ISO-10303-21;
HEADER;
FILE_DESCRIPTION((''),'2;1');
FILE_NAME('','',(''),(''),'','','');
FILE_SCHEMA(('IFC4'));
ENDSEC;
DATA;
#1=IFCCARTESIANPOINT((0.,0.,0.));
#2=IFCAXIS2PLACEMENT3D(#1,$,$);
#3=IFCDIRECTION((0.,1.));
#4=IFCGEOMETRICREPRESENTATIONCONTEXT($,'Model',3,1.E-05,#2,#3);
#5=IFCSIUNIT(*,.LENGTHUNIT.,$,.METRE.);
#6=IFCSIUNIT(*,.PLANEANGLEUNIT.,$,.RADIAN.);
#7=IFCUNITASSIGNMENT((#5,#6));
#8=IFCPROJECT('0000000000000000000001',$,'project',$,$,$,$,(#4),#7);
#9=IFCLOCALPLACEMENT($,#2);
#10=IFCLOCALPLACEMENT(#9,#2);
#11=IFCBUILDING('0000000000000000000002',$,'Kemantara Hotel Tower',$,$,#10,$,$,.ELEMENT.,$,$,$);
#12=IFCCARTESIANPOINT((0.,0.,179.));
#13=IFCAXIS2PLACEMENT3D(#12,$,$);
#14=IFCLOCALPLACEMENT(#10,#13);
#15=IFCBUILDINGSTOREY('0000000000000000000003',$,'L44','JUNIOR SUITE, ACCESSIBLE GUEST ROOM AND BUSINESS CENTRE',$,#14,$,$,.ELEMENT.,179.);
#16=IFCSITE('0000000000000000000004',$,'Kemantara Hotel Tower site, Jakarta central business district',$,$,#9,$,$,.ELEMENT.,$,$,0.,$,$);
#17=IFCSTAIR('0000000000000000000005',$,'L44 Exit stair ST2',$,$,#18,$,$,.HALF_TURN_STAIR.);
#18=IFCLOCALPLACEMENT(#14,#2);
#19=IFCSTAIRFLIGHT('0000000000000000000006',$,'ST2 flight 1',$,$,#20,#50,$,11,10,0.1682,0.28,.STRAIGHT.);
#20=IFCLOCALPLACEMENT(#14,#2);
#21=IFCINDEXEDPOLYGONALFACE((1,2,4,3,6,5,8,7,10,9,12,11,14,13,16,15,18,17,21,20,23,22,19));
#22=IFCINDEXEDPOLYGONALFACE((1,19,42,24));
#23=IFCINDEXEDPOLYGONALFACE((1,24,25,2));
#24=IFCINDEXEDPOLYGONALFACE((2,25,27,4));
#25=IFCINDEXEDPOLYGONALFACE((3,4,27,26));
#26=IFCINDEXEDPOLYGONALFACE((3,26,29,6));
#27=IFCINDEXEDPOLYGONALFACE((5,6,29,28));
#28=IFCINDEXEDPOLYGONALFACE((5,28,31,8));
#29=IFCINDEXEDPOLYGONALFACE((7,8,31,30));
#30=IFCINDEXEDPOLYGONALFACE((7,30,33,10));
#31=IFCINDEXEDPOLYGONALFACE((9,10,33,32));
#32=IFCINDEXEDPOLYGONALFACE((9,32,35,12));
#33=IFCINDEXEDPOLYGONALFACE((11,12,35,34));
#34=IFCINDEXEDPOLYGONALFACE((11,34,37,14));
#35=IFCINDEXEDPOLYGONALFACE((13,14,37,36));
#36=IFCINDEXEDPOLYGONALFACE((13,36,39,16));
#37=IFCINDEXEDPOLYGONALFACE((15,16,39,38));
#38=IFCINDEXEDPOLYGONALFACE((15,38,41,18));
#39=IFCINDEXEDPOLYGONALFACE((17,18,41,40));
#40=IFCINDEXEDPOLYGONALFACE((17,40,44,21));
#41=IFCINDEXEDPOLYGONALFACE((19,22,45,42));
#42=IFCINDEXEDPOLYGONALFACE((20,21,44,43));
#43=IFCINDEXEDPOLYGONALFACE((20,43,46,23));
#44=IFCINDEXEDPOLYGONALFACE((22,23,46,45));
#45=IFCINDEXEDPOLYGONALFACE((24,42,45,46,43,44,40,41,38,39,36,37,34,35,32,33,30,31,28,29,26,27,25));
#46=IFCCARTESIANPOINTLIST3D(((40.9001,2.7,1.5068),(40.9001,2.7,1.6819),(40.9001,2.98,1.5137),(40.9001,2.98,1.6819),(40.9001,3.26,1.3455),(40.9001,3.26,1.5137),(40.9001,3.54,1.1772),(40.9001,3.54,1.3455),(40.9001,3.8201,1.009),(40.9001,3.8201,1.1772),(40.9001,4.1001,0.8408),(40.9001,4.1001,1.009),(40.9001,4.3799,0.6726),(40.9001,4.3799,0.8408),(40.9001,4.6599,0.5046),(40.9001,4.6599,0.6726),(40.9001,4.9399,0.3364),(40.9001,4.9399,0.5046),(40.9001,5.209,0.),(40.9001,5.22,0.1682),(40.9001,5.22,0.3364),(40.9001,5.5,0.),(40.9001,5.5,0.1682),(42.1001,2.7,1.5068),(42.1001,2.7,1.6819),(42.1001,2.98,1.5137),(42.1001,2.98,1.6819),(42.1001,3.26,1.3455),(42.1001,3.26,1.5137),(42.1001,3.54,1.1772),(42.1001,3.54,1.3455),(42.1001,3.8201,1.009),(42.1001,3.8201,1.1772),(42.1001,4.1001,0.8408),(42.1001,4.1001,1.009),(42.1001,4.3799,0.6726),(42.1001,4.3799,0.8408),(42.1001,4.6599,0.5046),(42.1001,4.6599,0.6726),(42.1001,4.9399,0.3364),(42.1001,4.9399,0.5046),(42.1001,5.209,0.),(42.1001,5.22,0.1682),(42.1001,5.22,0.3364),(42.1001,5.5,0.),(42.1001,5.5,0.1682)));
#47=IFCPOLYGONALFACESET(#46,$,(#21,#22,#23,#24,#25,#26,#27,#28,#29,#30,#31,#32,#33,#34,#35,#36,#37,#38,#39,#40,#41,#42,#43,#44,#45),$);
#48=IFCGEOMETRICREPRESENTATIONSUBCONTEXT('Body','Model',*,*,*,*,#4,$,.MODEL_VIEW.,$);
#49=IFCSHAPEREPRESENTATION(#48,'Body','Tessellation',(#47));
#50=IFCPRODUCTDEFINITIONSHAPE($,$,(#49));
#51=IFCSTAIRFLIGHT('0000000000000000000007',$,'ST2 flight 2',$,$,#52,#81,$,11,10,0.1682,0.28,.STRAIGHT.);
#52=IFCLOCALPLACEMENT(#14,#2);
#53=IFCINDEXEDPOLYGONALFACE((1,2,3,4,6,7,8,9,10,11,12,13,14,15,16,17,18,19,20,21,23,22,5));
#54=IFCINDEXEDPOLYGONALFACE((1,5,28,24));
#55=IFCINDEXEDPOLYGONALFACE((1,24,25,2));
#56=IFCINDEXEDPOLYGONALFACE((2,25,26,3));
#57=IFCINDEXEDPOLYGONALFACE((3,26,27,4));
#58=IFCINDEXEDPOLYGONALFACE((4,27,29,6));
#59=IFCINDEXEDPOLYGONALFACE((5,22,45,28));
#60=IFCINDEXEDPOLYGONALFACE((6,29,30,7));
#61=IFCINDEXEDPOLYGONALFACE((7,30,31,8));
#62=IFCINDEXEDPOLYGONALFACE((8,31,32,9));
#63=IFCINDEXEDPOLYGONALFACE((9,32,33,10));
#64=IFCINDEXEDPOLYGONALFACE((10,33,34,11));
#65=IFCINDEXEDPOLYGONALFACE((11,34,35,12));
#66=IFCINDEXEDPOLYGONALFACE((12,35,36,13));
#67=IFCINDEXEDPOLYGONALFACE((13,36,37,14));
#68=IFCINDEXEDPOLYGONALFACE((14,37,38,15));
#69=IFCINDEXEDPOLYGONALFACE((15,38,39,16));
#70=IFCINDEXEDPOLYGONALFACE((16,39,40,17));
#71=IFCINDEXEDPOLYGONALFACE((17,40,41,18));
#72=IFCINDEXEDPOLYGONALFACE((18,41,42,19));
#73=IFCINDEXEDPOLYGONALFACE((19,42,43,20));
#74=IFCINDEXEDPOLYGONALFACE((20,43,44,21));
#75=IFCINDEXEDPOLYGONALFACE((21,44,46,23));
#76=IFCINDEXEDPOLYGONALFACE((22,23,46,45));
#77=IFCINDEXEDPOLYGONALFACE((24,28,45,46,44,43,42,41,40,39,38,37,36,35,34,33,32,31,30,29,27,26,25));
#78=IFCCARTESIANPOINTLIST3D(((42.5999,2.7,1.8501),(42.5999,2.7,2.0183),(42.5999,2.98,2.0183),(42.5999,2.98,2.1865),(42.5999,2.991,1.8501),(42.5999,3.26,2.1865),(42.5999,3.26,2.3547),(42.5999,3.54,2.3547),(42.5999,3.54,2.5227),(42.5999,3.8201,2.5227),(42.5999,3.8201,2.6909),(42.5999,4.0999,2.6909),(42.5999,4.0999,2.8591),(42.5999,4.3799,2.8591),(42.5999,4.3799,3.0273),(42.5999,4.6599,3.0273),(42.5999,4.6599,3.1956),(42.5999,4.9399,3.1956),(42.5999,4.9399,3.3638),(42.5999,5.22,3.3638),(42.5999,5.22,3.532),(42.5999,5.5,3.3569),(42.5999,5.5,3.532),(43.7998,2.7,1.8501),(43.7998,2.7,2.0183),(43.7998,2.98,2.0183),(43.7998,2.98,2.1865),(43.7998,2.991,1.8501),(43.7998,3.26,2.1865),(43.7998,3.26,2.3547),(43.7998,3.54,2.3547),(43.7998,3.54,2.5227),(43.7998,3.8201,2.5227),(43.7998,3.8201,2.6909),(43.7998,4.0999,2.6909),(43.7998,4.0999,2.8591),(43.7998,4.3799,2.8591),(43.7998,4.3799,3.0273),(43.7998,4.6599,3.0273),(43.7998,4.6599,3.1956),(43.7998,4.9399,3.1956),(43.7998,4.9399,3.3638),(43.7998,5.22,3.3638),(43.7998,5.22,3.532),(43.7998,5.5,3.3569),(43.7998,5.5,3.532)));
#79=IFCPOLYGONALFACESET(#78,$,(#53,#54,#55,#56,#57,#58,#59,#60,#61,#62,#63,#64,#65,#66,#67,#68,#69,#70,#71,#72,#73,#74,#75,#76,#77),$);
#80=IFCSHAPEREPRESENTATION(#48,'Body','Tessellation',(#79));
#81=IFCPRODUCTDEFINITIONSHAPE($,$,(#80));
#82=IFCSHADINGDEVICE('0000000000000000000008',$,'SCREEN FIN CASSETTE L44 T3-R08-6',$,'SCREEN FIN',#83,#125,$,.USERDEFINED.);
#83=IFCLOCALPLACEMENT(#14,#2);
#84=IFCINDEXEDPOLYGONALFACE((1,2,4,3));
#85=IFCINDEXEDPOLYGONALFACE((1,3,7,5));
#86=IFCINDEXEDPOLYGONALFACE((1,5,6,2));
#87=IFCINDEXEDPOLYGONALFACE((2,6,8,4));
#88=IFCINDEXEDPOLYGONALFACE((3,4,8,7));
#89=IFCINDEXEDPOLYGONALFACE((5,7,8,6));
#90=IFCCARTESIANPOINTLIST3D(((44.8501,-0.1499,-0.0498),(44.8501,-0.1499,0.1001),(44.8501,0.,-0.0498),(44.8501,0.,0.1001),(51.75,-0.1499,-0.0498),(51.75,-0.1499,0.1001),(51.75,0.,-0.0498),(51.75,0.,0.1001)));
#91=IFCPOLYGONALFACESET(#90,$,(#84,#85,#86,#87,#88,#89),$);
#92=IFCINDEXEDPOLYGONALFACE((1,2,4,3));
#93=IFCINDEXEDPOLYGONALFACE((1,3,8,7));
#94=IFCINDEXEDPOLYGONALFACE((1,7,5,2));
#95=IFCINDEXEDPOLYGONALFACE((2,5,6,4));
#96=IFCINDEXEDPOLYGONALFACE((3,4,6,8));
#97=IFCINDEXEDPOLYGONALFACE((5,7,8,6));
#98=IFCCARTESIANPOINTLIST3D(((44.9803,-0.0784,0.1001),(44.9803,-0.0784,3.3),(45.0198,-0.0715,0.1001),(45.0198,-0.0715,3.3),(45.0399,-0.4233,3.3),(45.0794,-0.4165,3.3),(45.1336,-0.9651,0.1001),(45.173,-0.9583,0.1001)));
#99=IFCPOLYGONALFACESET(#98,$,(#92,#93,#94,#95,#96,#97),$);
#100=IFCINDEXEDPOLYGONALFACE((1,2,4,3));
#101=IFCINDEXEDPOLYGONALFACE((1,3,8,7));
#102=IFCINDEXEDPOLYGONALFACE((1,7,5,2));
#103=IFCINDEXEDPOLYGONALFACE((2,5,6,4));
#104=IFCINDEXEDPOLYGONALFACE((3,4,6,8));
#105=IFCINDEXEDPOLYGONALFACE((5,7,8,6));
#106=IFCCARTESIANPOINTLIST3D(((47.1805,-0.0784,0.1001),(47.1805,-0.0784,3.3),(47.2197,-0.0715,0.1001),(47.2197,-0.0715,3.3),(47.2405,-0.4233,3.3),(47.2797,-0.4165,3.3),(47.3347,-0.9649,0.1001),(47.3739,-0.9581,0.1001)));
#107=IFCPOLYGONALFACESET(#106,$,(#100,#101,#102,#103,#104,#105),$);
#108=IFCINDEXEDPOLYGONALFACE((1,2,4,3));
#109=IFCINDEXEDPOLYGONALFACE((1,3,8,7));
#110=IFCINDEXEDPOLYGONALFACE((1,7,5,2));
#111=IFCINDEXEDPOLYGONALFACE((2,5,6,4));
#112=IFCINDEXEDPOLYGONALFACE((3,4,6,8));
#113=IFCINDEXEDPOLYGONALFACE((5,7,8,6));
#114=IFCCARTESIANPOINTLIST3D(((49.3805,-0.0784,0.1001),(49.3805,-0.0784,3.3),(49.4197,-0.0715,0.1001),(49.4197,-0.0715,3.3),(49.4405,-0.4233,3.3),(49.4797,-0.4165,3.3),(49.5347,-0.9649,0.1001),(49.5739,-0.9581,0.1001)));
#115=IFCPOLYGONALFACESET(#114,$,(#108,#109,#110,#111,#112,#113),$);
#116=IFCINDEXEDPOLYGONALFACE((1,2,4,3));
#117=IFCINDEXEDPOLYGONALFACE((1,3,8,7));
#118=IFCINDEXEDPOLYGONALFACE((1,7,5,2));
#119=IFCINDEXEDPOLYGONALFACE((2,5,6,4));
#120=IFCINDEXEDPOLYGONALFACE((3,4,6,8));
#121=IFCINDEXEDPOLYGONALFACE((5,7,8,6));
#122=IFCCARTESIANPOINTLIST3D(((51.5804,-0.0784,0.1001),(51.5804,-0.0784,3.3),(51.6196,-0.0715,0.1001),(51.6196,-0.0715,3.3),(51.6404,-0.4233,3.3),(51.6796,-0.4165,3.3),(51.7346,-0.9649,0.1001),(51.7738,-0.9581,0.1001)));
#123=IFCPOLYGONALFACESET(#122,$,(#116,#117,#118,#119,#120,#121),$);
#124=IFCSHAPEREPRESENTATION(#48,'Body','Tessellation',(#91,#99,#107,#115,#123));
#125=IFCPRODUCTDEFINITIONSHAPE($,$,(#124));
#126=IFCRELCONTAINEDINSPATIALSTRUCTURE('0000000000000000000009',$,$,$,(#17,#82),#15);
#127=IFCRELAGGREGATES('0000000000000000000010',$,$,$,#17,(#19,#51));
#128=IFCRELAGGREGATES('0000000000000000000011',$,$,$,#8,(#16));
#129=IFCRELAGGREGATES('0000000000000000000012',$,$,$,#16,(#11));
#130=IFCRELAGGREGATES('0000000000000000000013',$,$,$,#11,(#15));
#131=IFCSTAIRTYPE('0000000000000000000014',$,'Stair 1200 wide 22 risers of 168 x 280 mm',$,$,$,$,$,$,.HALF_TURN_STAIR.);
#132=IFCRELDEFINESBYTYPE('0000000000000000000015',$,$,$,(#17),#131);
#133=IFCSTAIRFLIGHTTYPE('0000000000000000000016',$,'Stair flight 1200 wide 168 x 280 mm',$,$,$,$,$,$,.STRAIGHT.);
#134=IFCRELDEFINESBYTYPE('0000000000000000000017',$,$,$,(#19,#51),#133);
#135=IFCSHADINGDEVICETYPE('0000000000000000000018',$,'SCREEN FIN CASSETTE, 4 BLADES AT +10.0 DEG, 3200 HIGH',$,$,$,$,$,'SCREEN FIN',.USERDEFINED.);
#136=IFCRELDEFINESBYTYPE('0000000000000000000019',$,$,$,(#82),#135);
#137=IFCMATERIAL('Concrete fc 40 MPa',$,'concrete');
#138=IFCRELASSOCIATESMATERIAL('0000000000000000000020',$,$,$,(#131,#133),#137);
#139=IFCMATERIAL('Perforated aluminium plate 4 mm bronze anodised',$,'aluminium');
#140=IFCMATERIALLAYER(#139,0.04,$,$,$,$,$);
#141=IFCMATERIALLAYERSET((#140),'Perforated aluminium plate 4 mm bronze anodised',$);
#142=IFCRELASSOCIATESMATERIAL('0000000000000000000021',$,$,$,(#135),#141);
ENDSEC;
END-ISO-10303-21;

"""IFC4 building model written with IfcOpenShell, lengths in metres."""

from ifc_helpers import new_model, si_unit, direction, frame, origin, origin_2d, place, context, subcontext, project, spatial, polyline, rectangle, outline, extrude, source, transform, mapped, material, layer, layer_set, type_object, element, aggregate, save


model = new_model("IFC4")

# Units and contexts
model_context = context("Model", 3, precision=1e-05, world=origin(), true_north=direction((0.0, 1.0)))
body_context = subcontext(model_context, "Body", "Model", "MODEL_VIEW")
ifc_project = project(units=[si_unit("LENGTHUNIT", "METRE"), si_unit("PLANEANGLEUNIT", "RADIAN")], contexts=[model_context])

# Site, building, storey
site_placement = place(None, origin())
site = spatial("IfcSite", under=ifc_project, at=site_placement, Name="Kemantara Hotel Tower site, Jakarta central business district", CompositionType="ELEMENT", RefElevation=0.0)
building_placement = place(site_placement, origin())
building = spatial("IfcBuilding", under=site, at=building_placement, Name="Kemantara Hotel Tower", CompositionType="ELEMENT")
storey_placement = place(building_placement, frame((0.0, 0.0, 179.0)))
storey = spatial("IfcBuildingStorey", under=building, at=storey_placement, Name="L44", Description="JUNIOR SUITE, ACCESSIBLE GUEST ROOM AND BUSINESS CENTRE", CompositionType="ELEMENT", Elevation=179.0)

# Stair, stair flights
ifc_material_1 = material(Name="Concrete fc 40 MPa", Category="concrete")
stair_type = type_object("IfcStairType", Name="Stair 1200 wide 22 risers of 168 x 280 mm", PredefinedType="HALF_TURN_STAIR", material=ifc_material_1)
stair_placement = place(storey_placement, origin())
stair = element("IfcStair", 1, at=stair_placement, inside=storey, type_object=stair_type, Name="L44 Exit stair ST2", PredefinedType="HALF_TURN_STAIR")
stair_flight_type = type_object("IfcStairFlightType", Name="Stair flight 1200 wide 168 x 280 mm", PredefinedType="STRAIGHT", material=ifc_material_1)
stair_flight_1_placement = place(storey_placement, frame((41.5, 5.5, 0.0), z_axis=(0.0, 0.0, 1.0), x_axis=(0.0, -1.0, 0.0)))
stair_flight_1 = element("IfcStairFlight", 2, at=stair_flight_1_placement, type_object=stair_flight_type, Name="ST2 flight 1", NumberOfRisers=11, NumberOfTreads=10, PredefinedType="STRAIGHT", RiserHeight=0.1682, TreadLength=0.28, context=body_context, shape_type="SweptSolid", body=[
    extrude(outline(polyline([(0.0, 0.0), (0.0, 0.1682), (0.28, 0.1682), (0.28, 0.3364), (0.5601, 0.3364), (0.5601, 0.5046), (0.8401, 0.5046), (0.8401, 0.6726), (1.1201, 0.6726), (1.1201, 0.8408), (1.3999, 0.8408), (1.3999, 1.009), (1.6799, 1.009), (1.6799, 1.1772), (1.96, 1.1772), (1.96, 1.3455), (2.24, 1.3455), (2.24, 1.5137), (2.52, 1.5137), (2.52, 1.6819), (2.8, 1.6819), (2.8, 1.8501), (2.8, 1.5068), (0.291, 0.0), (0.0, 0.0)])), frame((0.0, 0.6001, 0.0), z_axis=(0.0, -1.0, 0.0), x_axis=(1.0, 0.0, 0.0)), (0.0, 0.0, 1.0), 1.2),
])
stair_flight_2_placement = place(storey_placement, frame((43.2, 2.7, 1.8501), z_axis=(0.0, 0.0, 1.0), x_axis=(0.0, 1.0, 0.0)))
stair_flight_2 = element("IfcStairFlight", 3, at=stair_flight_2_placement, type_object=stair_flight_type, Name="ST2 flight 2", NumberOfRisers=11, NumberOfTreads=10, PredefinedType="STRAIGHT", RiserHeight=0.1682, TreadLength=0.28, context=body_context, shape_type="SweptSolid", body=[
    extrude(outline(polyline([(0.0, 0.0), (0.0, 0.1682), (0.28, 0.1682), (0.28, 0.3364), (0.5601, 0.3364), (0.5601, 0.5046), (0.8401, 0.5046), (0.8401, 0.6726), (1.1201, 0.6726), (1.1201, 0.8408), (1.3999, 0.8408), (1.3999, 1.009), (1.6799, 1.009), (1.6799, 1.1772), (1.96, 1.1772), (1.96, 1.3455), (2.24, 1.3455), (2.24, 1.5137), (2.52, 1.5137), (2.52, 1.6819), (2.8, 1.6819), (2.8, 1.8501), (2.8, 1.5068), (0.291, 0.0), (0.0, 0.0)])), frame((0.0, 0.6001, 0.0), z_axis=(0.0, -1.0, 0.0), x_axis=(1.0, 0.0, 0.0)), (0.0, 0.0, 1.0), 1.2),
])
aggregate(stair, [stair_flight_1, stair_flight_2])

# Shading device
ifc_material_2 = material(Name="Perforated aluminium plate 4 mm bronze anodised", Category="aluminium")
ifc_layer_1 = layer(ifc_material_2, 0.04)
ifc_layer_set_1 = layer_set([ifc_layer_1], Name="Perforated aluminium plate 4 mm bronze anodised")
shading_device_type = type_object("IfcShadingDeviceType", Name="SCREEN FIN CASSETTE, 4 BLADES AT +10.0 DEG, 3200 HIGH", ElementType="SCREEN FIN", PredefinedType="USERDEFINED", material=ifc_layer_set_1)
shared_shape = source(origin(), body_context, "Body", "SweptSolid", [
    extrude(rectangle(XDim=6.8999, YDim=0.1499, at=origin_2d()), frame((3.3, -0.075, -0.1499), z_axis=(0.0, 0.0, 1.0), x_axis=(1.0, 0.0, 0.0)), (0.0, 0.0, 1.0), 0.1499),
    extrude(outline(polyline([(0.0, 0.0), (0.8999, 0.0), (0.3501, 3.2), (0.0, 3.2), (0.0, 0.0)])), frame((0.0198, -0.0715, 0.0), z_axis=(-0.98539, -0.170314, 0.0), x_axis=(0.170314, -0.98539, 0.0)), (0.0, 0.0, 1.0), 0.04),
    extrude(outline(polyline([(0.0, 0.0), (0.8999, 0.0), (0.3501, 3.2), (0.0, 3.2), (0.0, 0.0)])), frame((2.2197, -0.0715, 0.0), z_axis=(-0.985212, -0.171341, 0.0), x_axis=(0.171341, -0.985212, 0.0)), (0.0, 0.0, 1.0), 0.0398),
    extrude(outline(polyline([(0.0, 0.0), (0.8999, 0.0), (0.3501, 3.2), (0.0, 3.2), (0.0, 0.0)])), frame((4.4197, -0.0715, 0.0), z_axis=(-0.985212, -0.171341, 0.0), x_axis=(0.171341, -0.985212, 0.0)), (0.0, 0.0, 1.0), 0.0398),
    extrude(outline(polyline([(0.0, 0.0), (0.8999, 0.0), (0.3501, 3.2), (0.0, 3.2), (0.0, 0.0)])), frame((6.6196, -0.0715, 0.0), z_axis=(-0.985212, -0.171341, 0.0), x_axis=(0.171341, -0.985212, 0.0)), (0.0, 0.0, 1.0), 0.0398),
])
shading_device_placement = place(storey_placement, frame((45.0, 0.0, 0.1001), z_axis=(0.0, 0.0, 1.0), x_axis=(1.0, 0.0, 0.0)))
element("IfcShadingDevice", 4, at=shading_device_placement, inside=storey, type_object=shading_device_type, Name="SCREEN FIN CASSETTE L44 T3-R08-6", ObjectType="SCREEN FIN", PredefinedType="USERDEFINED", context=body_context, shape_type="MappedRepresentation", body=[
    mapped(shared_shape, transform((0.0, 0.0, 0.0))),
])

save(model, "model.ifc")
